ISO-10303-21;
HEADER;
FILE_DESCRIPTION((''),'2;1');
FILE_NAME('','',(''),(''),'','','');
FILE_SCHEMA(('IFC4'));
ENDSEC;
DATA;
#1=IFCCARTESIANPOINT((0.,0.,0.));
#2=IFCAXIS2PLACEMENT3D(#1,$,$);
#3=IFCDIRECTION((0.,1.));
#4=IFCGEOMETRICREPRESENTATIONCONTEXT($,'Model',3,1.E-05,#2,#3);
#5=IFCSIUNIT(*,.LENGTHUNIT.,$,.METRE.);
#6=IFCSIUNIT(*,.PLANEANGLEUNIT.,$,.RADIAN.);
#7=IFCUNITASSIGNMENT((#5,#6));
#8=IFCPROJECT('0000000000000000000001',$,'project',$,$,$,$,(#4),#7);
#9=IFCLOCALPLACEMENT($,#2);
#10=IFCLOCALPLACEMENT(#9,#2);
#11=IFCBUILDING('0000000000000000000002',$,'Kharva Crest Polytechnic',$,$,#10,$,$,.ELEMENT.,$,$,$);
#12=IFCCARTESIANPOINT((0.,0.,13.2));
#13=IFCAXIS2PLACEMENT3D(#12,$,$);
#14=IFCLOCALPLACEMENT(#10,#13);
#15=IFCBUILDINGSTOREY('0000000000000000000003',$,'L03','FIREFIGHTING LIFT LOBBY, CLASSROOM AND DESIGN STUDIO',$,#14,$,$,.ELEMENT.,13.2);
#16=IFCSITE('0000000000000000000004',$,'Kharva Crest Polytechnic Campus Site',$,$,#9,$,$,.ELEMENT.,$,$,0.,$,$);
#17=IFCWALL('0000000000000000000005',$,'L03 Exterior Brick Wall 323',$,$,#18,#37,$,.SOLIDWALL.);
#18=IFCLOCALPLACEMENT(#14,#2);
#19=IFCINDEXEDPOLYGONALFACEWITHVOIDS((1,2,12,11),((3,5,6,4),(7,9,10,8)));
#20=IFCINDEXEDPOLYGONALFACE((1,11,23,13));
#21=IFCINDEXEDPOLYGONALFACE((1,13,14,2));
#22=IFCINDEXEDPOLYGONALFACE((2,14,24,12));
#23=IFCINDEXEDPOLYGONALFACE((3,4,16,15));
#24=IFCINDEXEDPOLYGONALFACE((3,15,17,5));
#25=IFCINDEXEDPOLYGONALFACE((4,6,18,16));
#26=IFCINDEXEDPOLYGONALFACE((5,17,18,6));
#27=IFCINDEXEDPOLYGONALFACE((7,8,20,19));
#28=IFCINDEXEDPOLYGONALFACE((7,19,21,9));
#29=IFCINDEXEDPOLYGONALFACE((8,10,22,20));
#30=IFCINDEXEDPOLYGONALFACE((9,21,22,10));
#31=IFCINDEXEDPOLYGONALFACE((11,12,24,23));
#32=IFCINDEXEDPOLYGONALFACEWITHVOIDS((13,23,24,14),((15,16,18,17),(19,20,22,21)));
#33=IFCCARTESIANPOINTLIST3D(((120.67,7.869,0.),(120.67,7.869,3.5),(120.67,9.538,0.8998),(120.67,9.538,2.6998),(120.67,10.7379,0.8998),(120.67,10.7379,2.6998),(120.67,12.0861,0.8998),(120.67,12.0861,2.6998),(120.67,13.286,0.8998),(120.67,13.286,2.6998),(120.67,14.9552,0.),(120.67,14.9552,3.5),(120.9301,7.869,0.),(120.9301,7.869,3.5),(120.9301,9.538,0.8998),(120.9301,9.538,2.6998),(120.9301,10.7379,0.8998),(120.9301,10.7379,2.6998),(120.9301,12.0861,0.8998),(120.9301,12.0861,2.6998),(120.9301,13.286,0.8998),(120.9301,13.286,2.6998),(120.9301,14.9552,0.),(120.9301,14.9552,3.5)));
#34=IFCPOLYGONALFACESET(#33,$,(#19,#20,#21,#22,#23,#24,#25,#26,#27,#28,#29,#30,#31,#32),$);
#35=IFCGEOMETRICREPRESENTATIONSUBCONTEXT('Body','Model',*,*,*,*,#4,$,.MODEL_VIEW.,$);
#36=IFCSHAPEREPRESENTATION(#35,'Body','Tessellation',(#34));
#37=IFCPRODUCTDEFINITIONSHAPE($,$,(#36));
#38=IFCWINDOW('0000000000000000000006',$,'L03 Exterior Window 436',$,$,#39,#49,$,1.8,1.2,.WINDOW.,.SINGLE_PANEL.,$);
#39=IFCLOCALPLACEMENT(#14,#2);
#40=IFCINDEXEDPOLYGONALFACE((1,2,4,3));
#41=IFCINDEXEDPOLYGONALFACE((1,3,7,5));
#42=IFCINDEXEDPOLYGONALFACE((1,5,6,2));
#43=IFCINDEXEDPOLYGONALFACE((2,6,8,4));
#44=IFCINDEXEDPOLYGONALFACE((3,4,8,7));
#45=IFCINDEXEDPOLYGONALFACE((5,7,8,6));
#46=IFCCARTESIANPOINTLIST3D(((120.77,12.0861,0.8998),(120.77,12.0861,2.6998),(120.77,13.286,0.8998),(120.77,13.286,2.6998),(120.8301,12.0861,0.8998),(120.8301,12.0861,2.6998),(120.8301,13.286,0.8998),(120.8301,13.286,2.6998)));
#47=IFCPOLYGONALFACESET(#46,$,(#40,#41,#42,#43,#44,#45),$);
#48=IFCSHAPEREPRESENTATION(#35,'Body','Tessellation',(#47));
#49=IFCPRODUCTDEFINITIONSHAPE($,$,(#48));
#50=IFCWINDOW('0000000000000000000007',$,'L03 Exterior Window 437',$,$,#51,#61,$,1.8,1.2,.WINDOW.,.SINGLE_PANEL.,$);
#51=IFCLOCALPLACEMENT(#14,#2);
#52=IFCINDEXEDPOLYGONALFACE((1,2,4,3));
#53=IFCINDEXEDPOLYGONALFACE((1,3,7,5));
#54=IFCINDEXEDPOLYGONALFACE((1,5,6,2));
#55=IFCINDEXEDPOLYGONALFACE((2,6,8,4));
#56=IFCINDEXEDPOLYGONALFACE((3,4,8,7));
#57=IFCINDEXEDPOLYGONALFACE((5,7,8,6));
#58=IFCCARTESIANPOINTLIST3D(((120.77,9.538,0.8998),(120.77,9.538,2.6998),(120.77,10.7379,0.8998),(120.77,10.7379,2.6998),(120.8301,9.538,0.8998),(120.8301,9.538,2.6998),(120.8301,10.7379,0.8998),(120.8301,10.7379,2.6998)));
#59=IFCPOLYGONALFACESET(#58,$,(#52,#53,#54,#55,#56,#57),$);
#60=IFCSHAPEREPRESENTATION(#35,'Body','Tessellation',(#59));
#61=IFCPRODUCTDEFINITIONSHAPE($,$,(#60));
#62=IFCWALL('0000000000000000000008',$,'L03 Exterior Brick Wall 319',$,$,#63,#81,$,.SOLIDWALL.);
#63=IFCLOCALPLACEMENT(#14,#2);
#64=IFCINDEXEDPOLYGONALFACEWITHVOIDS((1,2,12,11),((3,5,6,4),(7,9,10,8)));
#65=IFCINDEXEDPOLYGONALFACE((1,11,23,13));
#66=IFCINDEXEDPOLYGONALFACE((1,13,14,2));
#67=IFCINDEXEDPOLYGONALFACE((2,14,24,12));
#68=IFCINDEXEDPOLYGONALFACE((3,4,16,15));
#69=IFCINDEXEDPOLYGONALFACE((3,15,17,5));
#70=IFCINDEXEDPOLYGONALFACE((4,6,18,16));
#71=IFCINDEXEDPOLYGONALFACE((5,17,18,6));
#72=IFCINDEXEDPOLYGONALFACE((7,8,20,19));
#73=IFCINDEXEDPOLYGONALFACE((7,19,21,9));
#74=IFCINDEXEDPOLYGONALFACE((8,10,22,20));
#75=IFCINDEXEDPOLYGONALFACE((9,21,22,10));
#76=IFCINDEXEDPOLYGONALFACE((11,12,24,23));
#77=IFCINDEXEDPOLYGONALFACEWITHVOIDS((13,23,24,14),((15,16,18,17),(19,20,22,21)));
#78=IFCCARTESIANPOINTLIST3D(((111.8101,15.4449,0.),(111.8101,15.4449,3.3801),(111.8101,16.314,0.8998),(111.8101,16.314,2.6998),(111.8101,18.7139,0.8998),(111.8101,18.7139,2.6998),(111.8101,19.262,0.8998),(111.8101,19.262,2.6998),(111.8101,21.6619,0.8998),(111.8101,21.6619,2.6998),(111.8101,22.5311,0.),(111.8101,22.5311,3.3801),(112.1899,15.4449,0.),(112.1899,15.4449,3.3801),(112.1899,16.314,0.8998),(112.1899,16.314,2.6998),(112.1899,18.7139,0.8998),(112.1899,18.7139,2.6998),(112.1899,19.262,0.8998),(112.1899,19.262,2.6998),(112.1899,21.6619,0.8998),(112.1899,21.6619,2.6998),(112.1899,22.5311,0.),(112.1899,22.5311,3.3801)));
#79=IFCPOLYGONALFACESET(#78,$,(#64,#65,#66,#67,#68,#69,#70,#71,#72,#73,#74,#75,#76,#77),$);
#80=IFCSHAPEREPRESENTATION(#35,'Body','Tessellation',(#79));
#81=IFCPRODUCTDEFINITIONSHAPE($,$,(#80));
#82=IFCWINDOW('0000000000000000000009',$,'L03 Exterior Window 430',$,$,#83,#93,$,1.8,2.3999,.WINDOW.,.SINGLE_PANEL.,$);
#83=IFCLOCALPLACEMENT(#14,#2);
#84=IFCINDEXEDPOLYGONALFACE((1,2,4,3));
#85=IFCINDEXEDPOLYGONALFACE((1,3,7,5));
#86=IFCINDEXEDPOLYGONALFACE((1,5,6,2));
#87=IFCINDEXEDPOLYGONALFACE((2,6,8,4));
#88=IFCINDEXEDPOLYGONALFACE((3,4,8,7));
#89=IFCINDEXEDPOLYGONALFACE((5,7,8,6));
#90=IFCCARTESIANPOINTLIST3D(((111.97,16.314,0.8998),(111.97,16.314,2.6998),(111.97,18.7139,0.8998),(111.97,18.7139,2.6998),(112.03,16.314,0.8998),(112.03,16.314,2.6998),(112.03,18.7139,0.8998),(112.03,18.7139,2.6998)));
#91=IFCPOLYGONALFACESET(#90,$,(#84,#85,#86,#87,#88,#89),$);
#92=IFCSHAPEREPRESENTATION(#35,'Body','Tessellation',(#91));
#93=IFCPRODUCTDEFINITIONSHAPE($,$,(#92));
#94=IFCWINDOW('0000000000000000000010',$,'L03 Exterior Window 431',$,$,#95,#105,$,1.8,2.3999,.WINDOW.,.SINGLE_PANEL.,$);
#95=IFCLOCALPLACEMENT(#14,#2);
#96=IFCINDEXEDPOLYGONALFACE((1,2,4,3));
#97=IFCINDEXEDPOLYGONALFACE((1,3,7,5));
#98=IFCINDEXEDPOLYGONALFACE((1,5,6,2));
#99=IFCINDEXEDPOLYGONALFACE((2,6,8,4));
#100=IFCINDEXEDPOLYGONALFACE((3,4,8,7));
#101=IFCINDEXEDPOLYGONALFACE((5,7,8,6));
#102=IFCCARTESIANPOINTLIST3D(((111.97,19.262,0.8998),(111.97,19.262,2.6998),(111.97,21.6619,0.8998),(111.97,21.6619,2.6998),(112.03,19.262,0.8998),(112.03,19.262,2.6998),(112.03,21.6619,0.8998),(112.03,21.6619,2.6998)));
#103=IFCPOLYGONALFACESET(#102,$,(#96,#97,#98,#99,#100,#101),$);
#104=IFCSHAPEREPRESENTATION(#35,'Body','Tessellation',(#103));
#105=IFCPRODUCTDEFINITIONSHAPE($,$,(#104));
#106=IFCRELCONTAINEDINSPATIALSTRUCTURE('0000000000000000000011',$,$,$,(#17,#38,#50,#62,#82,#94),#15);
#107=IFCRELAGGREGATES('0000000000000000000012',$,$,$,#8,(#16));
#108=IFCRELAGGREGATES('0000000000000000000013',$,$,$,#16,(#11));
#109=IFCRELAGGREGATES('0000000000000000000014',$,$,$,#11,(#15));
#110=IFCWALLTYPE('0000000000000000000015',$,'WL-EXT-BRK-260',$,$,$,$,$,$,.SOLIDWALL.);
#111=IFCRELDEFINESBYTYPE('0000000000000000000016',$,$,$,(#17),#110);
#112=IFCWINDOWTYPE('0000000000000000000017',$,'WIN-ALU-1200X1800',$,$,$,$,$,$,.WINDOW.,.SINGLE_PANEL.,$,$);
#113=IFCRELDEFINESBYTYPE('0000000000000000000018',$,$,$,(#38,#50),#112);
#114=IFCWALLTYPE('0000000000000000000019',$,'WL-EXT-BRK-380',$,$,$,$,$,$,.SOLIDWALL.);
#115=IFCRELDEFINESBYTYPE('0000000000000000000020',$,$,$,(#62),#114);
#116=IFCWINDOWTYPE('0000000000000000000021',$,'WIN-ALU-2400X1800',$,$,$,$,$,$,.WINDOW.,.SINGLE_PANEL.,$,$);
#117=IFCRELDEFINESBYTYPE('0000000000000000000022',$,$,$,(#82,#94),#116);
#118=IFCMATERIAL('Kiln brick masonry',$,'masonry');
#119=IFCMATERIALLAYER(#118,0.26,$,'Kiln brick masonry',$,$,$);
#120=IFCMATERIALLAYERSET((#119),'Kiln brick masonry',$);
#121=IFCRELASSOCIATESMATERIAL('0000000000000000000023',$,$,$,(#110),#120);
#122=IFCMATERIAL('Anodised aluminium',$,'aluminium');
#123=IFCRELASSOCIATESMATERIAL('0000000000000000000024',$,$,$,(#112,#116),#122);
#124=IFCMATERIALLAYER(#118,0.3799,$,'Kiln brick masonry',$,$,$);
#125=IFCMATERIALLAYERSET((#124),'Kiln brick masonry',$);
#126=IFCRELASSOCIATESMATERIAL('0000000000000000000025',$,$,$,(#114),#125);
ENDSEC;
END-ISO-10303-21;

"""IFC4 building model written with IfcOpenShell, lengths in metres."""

from ifc_helpers import new_model, si_unit, direction, frame, frame_2d, origin, place, context, subcontext, project, spatial, rectangle, extrude, material, layer, layer_set, type_object, element, fill, save


model = new_model("IFC4")

# Units and contexts
model_context = context("Model", 3, precision=1e-05, world=origin(), true_north=direction((0.0, 1.0)))
body_context = subcontext(model_context, "Body", "Model", "MODEL_VIEW")
ifc_project = project(units=[si_unit("LENGTHUNIT", "METRE"), si_unit("PLANEANGLEUNIT", "RADIAN")], contexts=[model_context])

# Site, building, storey
site_placement = place(None, origin())
site = spatial("IfcSite", under=ifc_project, at=site_placement, Name="Kharva Crest Polytechnic Campus Site", CompositionType="ELEMENT", RefElevation=0.0)
building_placement = place(site_placement, origin())
building = spatial("IfcBuilding", under=site, at=building_placement, Name="Kharva Crest Polytechnic", CompositionType="ELEMENT")
storey_placement = place(building_placement, frame((0.0, 0.0, 13.2)))
storey = spatial("IfcBuildingStorey", under=building, at=storey_placement, Name="L03", Description="FIREFIGHTING LIFT LOBBY, CLASSROOM AND DESIGN STUDIO", CompositionType="ELEMENT", Elevation=13.2)

# Walls, openings, windows
ifc_material_1 = material(Name="Kiln brick masonry", Category="masonry")
ifc_layer_1 = layer(ifc_material_1, 0.26, Name="Kiln brick masonry")
ifc_layer_set_1 = layer_set([ifc_layer_1], Name="Kiln brick masonry")
wall_type_1 = type_object("IfcWallType", Name="WL-EXT-BRK-260", PredefinedType="SOLIDWALL", material=ifc_layer_set_1)
wall_1_placement = place(storey_placement, frame((120.8, 14.9551, 0.0), z_axis=(0.0, 0.0, 1.0), x_axis=(0.0, -1.0, 0.0)))
wall_1 = element("IfcWall", 1, at=wall_1_placement, inside=storey, type_object=wall_type_1, Name="L03 Exterior Brick Wall 323", PredefinedType="SOLIDWALL", context=body_context, shape_type="SweptSolid", body=[
    extrude(rectangle(XDim=7.0862, YDim=0.26, at=frame_2d((3.543, 0.0))), origin(), (0.0, 0.0, 1.0), 3.5),
])
opening_1_placement = place(wall_1_placement, frame((1.6689, 0.0, 0.8999)))
opening_1 = element("IfcOpeningElement", 2, at=opening_1_placement, cuts=wall_1, PredefinedType="OPENING", context=body_context, shape_type="SweptSolid", body=[
    extrude(rectangle(XDim=1.2, YDim=1.8, at=frame_2d((0.6001, 0.8999))), frame((0.0, 0.1399, 0.0), z_axis=(0.0, -1.0, 0.0), x_axis=(1.0, 0.0, 0.0)), (0.0, 0.0, 1.0), 0.28),
])
opening_2_placement = place(wall_1_placement, frame((4.217, 0.0, 0.8999)))
opening_2 = element("IfcOpeningElement", 3, at=opening_2_placement, cuts=wall_1, PredefinedType="OPENING", context=body_context, shape_type="SweptSolid", body=[
    extrude(rectangle(XDim=1.2, YDim=1.8, at=frame_2d((0.6001, 0.8999))), frame((0.0, 0.1399, 0.0), z_axis=(0.0, -1.0, 0.0), x_axis=(1.0, 0.0, 0.0)), (0.0, 0.0, 1.0), 0.28),
])
ifc_material_2 = material(Name="Anodised aluminium", Category="aluminium")
window_type_1 = type_object("IfcWindowType", Name="WIN-ALU-1200X1800", PartitioningType="SINGLE_PANEL", PredefinedType="WINDOW", material=ifc_material_2)
window_1_placement = place(opening_1_placement, origin())
window_1 = element("IfcWindow", 4, at=window_1_placement, inside=storey, type_object=window_type_1, Name="L03 Exterior Window 436", OverallHeight=1.8, OverallWidth=1.2, PartitioningType="SINGLE_PANEL", PredefinedType="WINDOW", context=body_context, shape_type="SweptSolid", body=[
    extrude(rectangle(XDim=1.2, YDim=1.8, at=frame_2d((0.6001, 0.8999))), frame((0.0, 0.03, 0.0), z_axis=(0.0, -1.0, 0.0), x_axis=(1.0, 0.0, 0.0)), (0.0, 0.0, 1.0), 0.0601),
])
fill(opening_1, window_1)
window_2_placement = place(opening_2_placement, origin())
window_2 = element("IfcWindow", 5, at=window_2_placement, inside=storey, type_object=window_type_1, Name="L03 Exterior Window 437", OverallHeight=1.8, OverallWidth=1.2, PartitioningType="SINGLE_PANEL", PredefinedType="WINDOW", context=body_context, shape_type="SweptSolid", body=[
    extrude(rectangle(XDim=1.2, YDim=1.8, at=frame_2d((0.6001, 0.8999))), frame((0.0, 0.03, 0.0), z_axis=(0.0, -1.0, 0.0), x_axis=(1.0, 0.0, 0.0)), (0.0, 0.0, 1.0), 0.0601),
])
fill(opening_2, window_2)
ifc_layer_2 = layer(ifc_material_1, 0.3799, Name="Kiln brick masonry")
ifc_layer_set_2 = layer_set([ifc_layer_2], Name="Kiln brick masonry")
wall_type_2 = type_object("IfcWallType", Name="WL-EXT-BRK-380", PredefinedType="SOLIDWALL", material=ifc_layer_set_2)
wall_2_placement = place(storey_placement, frame((112.0, 15.4451, 0.0), z_axis=(0.0, 0.0, 1.0), x_axis=(0.0, 1.0, 0.0)))
wall_2 = element("IfcWall", 6, at=wall_2_placement, inside=storey, type_object=wall_type_2, Name="L03 Exterior Brick Wall 319", PredefinedType="SOLIDWALL", context=body_context, shape_type="SweptSolid", body=[
    extrude(rectangle(XDim=7.0862, YDim=0.3799, at=frame_2d((3.543, 0.0))), origin(), (0.0, 0.0, 1.0), 3.3801),
])
opening_3_placement = place(wall_2_placement, frame((0.8689, 0.0, 0.8999)))
opening_3 = element("IfcOpeningElement", 7, at=opening_3_placement, cuts=wall_2, PredefinedType="OPENING", context=body_context, shape_type="SweptSolid", body=[
    extrude(rectangle(XDim=2.3999, YDim=1.8, at=frame_2d((1.2, 0.8999))), frame((0.0, 0.2, 0.0), z_axis=(0.0, -1.0, 0.0), x_axis=(1.0, 0.0, 0.0)), (0.0, 0.0, 1.0), 0.3999),
])
opening_4_placement = place(wall_2_placement, frame((3.8169, 0.0, 0.8999)))
opening_4 = element("IfcOpeningElement", 8, at=opening_4_placement, cuts=wall_2, PredefinedType="OPENING", context=body_context, shape_type="SweptSolid", body=[
    extrude(rectangle(XDim=2.3999, YDim=1.8, at=frame_2d((1.2, 0.8999))), frame((0.0, 0.2, 0.0), z_axis=(0.0, -1.0, 0.0), x_axis=(1.0, 0.0, 0.0)), (0.0, 0.0, 1.0), 0.3999),
])
window_type_2 = type_object("IfcWindowType", Name="WIN-ALU-2400X1800", PartitioningType="SINGLE_PANEL", PredefinedType="WINDOW", material=ifc_material_2)
window_3_placement = place(opening_3_placement, origin())
window_3 = element("IfcWindow", 9, at=window_3_placement, inside=storey, type_object=window_type_2, Name="L03 Exterior Window 430", OverallHeight=1.8, OverallWidth=2.3999, PartitioningType="SINGLE_PANEL", PredefinedType="WINDOW", context=body_context, shape_type="SweptSolid", body=[
    extrude(rectangle(XDim=2.3999, YDim=1.8, at=frame_2d((1.2, 0.8999))), frame((0.0, 0.03, 0.0), z_axis=(0.0, -1.0, 0.0), x_axis=(1.0, 0.0, 0.0)), (0.0, 0.0, 1.0), 0.0601),
])
fill(opening_3, window_3)
window_4_placement = place(opening_4_placement, origin())
window_4 = element("IfcWindow", 10, at=window_4_placement, inside=storey, type_object=window_type_2, Name="L03 Exterior Window 431", OverallHeight=1.8, OverallWidth=2.3999, PartitioningType="SINGLE_PANEL", PredefinedType="WINDOW", context=body_context, shape_type="SweptSolid", body=[
    extrude(rectangle(XDim=2.3999, YDim=1.8, at=frame_2d((1.2, 0.8999))), frame((0.0, 0.03, 0.0), z_axis=(0.0, -1.0, 0.0), x_axis=(1.0, 0.0, 0.0)), (0.0, 0.0, 1.0), 0.0601),
])
fill(opening_4, window_4)

save(model, "model.ifc")
